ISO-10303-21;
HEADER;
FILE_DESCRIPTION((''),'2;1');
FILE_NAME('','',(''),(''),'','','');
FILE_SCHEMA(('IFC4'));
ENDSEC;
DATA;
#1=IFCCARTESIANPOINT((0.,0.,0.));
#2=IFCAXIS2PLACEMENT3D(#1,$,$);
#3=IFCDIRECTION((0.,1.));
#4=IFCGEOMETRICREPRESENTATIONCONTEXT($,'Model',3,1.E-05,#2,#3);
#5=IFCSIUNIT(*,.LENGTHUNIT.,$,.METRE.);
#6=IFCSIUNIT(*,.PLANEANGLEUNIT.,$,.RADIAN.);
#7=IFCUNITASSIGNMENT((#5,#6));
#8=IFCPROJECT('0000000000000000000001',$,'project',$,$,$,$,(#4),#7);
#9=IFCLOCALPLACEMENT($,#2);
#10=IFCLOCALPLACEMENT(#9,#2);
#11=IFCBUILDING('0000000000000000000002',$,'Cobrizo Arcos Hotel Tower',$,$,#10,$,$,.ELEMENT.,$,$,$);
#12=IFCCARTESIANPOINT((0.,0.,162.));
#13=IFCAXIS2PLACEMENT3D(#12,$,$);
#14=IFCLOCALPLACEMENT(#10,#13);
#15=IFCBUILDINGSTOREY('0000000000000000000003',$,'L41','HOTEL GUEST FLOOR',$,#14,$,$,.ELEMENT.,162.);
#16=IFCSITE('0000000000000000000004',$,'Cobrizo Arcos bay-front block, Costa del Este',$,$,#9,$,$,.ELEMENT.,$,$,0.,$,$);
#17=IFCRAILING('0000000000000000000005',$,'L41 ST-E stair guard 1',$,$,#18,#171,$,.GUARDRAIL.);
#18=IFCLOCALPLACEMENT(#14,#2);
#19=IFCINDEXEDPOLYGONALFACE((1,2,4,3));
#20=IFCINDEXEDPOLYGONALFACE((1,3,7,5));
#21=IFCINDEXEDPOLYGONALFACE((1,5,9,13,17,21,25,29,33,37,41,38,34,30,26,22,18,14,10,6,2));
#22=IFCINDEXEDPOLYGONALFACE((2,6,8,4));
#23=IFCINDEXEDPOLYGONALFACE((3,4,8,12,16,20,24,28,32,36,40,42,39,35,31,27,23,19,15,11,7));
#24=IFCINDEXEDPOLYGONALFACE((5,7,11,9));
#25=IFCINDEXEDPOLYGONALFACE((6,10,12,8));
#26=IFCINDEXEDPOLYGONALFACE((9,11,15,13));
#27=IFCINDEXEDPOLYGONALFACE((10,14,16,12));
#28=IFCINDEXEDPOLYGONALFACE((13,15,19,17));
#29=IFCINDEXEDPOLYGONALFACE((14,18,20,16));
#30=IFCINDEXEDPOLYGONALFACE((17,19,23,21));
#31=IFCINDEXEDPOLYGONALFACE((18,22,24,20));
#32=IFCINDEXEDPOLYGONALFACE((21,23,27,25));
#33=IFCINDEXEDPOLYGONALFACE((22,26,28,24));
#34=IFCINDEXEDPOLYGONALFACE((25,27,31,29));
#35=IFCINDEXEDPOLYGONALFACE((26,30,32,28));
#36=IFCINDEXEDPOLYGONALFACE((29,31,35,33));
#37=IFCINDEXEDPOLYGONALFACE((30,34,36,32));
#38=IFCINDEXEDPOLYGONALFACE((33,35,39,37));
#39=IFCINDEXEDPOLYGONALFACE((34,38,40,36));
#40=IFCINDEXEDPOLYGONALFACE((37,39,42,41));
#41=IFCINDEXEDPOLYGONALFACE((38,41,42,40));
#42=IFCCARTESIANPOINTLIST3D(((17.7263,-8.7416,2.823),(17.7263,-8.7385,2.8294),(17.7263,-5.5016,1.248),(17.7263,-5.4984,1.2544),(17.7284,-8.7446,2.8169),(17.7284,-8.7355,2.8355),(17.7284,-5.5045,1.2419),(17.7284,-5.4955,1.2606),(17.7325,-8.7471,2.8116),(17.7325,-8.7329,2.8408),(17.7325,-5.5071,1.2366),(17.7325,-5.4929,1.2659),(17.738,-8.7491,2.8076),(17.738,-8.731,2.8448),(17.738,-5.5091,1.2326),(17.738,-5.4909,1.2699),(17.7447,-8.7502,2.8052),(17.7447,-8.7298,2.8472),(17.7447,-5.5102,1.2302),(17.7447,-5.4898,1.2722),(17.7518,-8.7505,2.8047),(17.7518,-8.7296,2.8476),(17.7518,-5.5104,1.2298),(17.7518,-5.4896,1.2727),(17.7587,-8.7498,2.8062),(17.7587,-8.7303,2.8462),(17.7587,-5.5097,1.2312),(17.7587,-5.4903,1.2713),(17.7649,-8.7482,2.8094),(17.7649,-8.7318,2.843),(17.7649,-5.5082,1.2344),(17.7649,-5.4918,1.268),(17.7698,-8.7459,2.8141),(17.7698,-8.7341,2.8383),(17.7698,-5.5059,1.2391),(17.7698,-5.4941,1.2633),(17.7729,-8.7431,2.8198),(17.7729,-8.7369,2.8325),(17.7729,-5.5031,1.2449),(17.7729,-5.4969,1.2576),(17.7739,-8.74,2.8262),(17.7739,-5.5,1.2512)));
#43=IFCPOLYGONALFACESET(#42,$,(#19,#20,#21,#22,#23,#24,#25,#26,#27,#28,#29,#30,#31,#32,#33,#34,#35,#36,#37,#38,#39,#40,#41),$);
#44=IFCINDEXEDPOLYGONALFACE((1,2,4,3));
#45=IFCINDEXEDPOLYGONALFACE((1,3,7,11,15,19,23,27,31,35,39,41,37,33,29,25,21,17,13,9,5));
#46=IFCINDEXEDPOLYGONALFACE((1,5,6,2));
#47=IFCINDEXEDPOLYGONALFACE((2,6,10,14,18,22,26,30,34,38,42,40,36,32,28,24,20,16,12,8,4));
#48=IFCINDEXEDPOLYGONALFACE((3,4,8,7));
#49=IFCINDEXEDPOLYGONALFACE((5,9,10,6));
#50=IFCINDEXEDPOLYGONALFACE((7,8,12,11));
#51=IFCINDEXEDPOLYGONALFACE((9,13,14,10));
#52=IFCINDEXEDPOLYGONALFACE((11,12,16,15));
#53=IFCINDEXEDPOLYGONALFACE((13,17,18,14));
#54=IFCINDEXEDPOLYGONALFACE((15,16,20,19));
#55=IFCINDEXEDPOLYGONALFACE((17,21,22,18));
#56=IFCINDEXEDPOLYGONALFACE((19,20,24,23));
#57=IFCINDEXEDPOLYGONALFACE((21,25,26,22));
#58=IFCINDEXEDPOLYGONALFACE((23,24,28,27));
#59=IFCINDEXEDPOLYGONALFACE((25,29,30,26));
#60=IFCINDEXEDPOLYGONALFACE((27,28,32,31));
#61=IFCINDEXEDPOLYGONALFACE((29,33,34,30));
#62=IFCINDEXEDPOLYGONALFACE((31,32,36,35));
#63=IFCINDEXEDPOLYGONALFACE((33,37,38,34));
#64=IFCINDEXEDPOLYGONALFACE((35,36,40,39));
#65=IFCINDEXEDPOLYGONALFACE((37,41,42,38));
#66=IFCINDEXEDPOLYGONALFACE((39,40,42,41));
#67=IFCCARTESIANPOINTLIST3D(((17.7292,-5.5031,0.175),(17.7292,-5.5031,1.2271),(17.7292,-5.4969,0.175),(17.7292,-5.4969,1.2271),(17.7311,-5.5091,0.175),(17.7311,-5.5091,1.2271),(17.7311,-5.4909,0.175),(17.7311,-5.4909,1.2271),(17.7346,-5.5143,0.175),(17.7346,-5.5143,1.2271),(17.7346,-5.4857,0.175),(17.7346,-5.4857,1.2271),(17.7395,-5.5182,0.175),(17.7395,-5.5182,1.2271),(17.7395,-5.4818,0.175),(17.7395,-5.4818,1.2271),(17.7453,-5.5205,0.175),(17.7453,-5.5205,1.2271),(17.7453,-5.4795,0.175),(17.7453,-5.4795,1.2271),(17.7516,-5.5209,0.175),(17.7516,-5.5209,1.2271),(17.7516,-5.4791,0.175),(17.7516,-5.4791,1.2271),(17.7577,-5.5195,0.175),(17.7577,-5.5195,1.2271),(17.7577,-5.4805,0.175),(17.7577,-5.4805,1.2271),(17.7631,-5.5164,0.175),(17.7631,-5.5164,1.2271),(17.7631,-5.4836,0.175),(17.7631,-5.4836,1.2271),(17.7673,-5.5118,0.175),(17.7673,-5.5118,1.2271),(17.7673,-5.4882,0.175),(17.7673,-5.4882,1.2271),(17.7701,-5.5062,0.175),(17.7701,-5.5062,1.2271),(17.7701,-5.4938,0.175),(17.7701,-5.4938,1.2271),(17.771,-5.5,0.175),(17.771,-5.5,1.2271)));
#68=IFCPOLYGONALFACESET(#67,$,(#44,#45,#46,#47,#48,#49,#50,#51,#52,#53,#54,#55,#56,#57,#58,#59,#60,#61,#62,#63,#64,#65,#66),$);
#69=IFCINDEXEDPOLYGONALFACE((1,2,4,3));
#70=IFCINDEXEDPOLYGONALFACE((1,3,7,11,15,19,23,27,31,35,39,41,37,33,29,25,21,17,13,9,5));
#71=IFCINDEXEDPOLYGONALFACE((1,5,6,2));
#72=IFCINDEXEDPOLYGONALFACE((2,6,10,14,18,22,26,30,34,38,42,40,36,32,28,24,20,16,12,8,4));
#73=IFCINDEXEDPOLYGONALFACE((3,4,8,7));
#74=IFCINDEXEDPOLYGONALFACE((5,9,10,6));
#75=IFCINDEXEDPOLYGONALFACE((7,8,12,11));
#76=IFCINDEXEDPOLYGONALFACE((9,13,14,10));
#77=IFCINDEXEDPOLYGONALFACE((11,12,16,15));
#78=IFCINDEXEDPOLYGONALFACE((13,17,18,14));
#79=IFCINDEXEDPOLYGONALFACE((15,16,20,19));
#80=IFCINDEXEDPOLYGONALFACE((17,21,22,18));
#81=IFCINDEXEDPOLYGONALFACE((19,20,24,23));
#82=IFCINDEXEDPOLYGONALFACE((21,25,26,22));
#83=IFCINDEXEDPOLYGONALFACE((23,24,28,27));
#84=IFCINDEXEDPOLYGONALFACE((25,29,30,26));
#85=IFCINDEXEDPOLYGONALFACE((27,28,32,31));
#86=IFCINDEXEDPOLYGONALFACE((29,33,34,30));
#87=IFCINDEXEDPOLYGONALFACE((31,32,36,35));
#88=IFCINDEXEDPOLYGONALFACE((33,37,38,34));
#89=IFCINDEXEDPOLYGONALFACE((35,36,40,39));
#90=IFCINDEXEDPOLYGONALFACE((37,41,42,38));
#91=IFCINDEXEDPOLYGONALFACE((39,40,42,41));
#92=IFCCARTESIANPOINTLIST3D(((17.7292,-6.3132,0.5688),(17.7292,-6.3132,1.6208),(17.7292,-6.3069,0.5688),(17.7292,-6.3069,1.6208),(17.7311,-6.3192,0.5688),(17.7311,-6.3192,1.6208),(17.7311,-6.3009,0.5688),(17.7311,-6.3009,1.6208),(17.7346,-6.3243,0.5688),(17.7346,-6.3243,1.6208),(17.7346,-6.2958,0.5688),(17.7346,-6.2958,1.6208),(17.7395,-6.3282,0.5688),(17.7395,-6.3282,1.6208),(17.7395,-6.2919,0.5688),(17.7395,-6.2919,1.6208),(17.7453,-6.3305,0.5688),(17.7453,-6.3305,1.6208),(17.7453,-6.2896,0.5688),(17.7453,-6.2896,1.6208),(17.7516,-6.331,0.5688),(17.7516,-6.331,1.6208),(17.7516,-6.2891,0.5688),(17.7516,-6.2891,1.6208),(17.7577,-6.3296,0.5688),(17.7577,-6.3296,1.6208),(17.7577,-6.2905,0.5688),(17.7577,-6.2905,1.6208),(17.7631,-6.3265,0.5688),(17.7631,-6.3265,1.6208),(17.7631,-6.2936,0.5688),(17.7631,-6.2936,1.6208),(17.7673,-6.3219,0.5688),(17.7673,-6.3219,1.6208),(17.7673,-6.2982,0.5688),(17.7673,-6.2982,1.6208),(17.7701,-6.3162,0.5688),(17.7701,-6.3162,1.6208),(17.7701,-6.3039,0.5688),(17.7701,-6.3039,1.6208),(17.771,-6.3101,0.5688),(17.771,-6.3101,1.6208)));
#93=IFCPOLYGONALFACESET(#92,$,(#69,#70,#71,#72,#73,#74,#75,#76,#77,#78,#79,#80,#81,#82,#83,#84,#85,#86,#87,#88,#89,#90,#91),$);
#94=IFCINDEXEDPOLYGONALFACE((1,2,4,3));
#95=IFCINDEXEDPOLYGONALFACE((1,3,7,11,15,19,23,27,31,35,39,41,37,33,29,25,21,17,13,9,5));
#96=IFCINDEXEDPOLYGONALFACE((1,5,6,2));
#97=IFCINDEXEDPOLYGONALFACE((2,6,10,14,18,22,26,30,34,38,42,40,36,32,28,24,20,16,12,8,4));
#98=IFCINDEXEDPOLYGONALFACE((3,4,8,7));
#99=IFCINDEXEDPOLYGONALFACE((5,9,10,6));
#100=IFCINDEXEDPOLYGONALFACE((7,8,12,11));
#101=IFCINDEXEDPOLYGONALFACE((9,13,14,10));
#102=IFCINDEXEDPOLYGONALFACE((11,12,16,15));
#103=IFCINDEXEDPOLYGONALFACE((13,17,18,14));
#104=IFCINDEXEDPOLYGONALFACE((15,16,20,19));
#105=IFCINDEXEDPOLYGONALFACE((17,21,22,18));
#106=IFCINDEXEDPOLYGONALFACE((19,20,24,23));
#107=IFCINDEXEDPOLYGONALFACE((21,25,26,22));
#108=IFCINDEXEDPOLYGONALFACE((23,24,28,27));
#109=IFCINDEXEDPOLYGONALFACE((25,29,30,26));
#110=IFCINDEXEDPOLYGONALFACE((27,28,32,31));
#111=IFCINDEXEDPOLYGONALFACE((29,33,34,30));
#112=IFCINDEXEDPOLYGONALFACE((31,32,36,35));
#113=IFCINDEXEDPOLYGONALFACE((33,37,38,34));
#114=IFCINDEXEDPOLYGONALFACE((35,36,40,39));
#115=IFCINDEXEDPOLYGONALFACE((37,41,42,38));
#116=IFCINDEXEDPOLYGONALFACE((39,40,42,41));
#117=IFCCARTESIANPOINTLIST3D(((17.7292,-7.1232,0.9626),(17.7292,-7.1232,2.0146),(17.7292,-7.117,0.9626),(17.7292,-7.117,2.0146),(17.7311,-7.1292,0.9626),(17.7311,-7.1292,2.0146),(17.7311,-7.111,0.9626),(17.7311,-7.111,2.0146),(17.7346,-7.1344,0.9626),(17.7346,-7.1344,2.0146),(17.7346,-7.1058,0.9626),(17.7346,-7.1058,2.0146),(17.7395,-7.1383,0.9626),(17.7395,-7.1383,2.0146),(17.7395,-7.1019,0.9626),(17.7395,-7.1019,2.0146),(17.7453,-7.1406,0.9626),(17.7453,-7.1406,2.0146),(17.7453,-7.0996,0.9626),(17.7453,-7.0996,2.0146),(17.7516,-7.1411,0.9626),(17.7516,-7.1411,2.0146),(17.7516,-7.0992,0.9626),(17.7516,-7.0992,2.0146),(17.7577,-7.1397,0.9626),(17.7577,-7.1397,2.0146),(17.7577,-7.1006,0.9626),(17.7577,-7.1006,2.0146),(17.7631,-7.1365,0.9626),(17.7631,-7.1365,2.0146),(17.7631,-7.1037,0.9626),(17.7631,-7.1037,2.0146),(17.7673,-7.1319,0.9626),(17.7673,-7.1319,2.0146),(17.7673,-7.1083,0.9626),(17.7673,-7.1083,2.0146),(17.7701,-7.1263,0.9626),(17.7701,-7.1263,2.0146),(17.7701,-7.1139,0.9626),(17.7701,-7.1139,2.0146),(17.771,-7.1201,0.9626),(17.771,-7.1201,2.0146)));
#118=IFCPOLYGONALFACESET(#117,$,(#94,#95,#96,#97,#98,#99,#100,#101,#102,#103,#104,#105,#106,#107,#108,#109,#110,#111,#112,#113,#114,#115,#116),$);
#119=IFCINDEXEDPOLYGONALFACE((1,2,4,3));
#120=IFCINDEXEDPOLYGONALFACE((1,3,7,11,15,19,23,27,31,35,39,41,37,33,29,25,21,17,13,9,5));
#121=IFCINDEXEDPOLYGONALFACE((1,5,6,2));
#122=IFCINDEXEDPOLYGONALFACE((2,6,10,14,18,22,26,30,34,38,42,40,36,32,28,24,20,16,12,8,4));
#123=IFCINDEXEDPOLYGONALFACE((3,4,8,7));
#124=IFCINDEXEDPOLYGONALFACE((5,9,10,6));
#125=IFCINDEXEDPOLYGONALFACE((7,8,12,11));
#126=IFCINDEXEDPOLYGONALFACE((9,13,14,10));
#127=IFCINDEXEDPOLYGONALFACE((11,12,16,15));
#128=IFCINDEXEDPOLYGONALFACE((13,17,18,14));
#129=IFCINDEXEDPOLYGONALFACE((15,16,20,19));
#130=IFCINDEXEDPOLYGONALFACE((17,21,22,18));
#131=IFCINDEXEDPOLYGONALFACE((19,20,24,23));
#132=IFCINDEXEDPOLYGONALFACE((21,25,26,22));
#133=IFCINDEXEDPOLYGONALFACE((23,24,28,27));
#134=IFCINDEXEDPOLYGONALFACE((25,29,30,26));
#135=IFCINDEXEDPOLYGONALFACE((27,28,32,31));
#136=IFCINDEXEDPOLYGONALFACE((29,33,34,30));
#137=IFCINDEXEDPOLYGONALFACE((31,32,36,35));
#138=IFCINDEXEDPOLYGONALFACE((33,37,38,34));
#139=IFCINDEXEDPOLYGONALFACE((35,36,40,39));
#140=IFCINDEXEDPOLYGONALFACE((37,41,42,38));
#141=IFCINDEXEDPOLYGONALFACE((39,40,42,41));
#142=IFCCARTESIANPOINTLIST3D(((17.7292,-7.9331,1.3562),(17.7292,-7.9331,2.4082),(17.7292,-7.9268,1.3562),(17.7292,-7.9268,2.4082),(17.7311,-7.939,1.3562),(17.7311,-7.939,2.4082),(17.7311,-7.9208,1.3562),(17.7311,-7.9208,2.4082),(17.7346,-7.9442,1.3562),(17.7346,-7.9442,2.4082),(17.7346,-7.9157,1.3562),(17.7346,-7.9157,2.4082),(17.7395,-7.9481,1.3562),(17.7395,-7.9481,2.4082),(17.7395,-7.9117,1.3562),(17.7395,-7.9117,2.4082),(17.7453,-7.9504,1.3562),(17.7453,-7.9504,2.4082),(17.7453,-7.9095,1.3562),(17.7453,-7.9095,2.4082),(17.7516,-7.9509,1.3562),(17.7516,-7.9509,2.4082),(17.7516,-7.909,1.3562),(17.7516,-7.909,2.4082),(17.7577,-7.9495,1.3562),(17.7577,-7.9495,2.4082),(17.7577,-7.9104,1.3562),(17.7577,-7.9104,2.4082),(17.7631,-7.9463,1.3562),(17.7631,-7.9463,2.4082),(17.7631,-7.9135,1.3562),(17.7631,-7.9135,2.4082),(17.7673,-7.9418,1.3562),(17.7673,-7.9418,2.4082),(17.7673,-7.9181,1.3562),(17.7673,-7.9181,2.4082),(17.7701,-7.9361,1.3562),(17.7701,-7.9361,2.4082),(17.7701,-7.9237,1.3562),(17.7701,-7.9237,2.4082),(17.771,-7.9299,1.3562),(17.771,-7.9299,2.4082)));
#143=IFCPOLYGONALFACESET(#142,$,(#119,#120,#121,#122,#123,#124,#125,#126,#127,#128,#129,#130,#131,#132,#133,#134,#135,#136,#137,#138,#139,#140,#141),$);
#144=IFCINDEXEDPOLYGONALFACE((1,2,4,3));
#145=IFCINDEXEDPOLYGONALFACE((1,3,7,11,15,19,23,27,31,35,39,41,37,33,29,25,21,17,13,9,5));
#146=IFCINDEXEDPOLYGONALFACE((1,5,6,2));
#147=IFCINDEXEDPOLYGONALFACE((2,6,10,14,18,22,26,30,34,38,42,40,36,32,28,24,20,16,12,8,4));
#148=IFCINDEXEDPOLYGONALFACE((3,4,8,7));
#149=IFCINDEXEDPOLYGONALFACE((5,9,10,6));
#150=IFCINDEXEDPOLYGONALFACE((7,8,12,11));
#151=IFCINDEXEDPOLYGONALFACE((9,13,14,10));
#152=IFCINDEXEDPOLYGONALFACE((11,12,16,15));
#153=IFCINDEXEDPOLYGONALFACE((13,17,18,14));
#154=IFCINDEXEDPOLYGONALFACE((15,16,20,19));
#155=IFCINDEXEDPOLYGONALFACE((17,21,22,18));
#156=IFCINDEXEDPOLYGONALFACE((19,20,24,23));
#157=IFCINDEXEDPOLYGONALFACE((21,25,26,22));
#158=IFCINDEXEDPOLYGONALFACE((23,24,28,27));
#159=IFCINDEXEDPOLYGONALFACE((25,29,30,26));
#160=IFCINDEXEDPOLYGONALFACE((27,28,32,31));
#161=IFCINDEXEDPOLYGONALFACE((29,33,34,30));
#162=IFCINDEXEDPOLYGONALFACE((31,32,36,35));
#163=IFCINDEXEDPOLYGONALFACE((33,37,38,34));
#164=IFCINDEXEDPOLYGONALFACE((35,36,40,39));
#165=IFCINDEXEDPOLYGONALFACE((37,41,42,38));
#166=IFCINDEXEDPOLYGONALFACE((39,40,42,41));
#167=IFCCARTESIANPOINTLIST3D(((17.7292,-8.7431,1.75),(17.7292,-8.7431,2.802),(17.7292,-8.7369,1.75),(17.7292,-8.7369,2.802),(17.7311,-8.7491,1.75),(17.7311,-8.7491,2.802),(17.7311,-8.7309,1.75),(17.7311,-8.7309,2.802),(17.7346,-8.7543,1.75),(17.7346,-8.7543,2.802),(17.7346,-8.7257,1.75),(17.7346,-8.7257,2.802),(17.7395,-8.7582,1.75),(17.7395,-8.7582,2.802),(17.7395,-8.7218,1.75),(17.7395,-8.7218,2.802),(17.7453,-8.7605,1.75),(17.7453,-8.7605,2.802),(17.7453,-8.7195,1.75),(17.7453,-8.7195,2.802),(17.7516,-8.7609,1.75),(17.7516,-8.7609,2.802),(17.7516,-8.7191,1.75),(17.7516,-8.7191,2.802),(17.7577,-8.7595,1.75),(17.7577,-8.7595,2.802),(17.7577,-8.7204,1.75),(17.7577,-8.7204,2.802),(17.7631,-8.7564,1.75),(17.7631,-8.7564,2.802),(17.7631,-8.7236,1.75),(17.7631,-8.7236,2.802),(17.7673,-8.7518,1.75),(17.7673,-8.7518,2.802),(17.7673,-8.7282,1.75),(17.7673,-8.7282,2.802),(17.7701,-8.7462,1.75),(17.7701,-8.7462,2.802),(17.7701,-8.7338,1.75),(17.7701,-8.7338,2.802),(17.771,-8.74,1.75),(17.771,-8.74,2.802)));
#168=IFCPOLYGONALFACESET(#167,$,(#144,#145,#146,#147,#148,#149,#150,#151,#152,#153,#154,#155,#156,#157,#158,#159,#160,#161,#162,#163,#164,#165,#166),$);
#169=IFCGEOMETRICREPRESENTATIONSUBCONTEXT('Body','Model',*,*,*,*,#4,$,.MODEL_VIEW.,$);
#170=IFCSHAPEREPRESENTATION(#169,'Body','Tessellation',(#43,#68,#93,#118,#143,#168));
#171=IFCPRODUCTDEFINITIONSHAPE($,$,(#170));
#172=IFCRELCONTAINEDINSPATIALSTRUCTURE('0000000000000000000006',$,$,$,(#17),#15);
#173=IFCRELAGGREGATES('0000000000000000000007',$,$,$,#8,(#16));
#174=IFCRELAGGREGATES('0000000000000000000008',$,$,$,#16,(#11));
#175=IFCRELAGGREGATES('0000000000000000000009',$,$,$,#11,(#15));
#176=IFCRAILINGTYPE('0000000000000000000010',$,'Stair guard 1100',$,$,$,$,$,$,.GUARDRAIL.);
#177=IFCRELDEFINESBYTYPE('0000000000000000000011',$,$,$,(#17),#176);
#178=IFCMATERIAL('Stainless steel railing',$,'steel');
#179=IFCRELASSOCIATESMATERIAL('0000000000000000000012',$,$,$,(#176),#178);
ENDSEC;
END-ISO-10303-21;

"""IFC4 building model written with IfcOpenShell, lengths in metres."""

from ifc_helpers import new_model, si_unit, direction, frame, origin, origin_2d, place, context, subcontext, project, spatial, circle, extrude, material, type_object, element, save


model = new_model("IFC4")

# Units and contexts
model_context = context("Model", 3, precision=1e-05, world=origin(), true_north=direction((0.0, 1.0)))
body_context = subcontext(model_context, "Body", "Model", "MODEL_VIEW")
ifc_project = project(units=[si_unit("LENGTHUNIT", "METRE"), si_unit("PLANEANGLEUNIT", "RADIAN")], contexts=[model_context])

# Site, building, storey
site_placement = place(None, origin())
site = spatial("IfcSite", under=ifc_project, at=site_placement, Name="Cobrizo Arcos bay-front block, Costa del Este", CompositionType="ELEMENT", RefElevation=0.0)
building_placement = place(site_placement, origin())
building = spatial("IfcBuilding", under=site, at=building_placement, Name="Cobrizo Arcos Hotel Tower", CompositionType="ELEMENT")
storey_placement = place(building_placement, frame((0.0, 0.0, 162.0)))
storey = spatial("IfcBuildingStorey", under=building, at=storey_placement, Name="L41", Description="HOTEL GUEST FLOOR", CompositionType="ELEMENT", Elevation=162.0)

# Railing
ifc_material_1 = material(Name="Stainless steel railing", Category="steel")
railing_type_1 = type_object("IfcRailingType", Name="Stair guard 1100", PredefinedType="GUARDRAIL", material=ifc_material_1)
railing_1_placement = place(storey_placement, frame((17.75, -5.5, 0.175)))
element("IfcRailing", 1, at=railing_1_placement, inside=storey, type_object=railing_type_1, Name="L41 ST-E stair guard 1", PredefinedType="GUARDRAIL", context=body_context, shape_type="SweptSolid", body=[
    extrude(circle(Radius=0.0239, at=origin_2d()), frame((0.0, 0.0, 1.0762), z_axis=(0.0, -0.899373, 0.437183), x_axis=(1.0, 0.0, 0.0)), (0.0, 0.0, 1.0), 3.6025),
    extrude(circle(Radius=0.021, at=origin_2d()), origin(), (0.0, 0.0, 1.0), 1.052),
    extrude(circle(Radius=0.021, at=origin_2d()), frame((0.0, -0.8101, 0.3938)), (0.0, 0.0, 1.0), 1.052),
    extrude(circle(Radius=0.021, at=origin_2d()), frame((0.0, -1.6201, 0.7876)), (0.0, 0.0, 1.0), 1.052),
    extrude(circle(Radius=0.021, at=origin_2d()), frame((0.0, -2.4299, 1.1812)), (0.0, 0.0, 1.0), 1.052),
    extrude(circle(Radius=0.021, at=origin_2d()), frame((0.0, -3.24, 1.575)), (0.0, 0.0, 1.0), 1.052),
])

save(model, "model.ifc")
